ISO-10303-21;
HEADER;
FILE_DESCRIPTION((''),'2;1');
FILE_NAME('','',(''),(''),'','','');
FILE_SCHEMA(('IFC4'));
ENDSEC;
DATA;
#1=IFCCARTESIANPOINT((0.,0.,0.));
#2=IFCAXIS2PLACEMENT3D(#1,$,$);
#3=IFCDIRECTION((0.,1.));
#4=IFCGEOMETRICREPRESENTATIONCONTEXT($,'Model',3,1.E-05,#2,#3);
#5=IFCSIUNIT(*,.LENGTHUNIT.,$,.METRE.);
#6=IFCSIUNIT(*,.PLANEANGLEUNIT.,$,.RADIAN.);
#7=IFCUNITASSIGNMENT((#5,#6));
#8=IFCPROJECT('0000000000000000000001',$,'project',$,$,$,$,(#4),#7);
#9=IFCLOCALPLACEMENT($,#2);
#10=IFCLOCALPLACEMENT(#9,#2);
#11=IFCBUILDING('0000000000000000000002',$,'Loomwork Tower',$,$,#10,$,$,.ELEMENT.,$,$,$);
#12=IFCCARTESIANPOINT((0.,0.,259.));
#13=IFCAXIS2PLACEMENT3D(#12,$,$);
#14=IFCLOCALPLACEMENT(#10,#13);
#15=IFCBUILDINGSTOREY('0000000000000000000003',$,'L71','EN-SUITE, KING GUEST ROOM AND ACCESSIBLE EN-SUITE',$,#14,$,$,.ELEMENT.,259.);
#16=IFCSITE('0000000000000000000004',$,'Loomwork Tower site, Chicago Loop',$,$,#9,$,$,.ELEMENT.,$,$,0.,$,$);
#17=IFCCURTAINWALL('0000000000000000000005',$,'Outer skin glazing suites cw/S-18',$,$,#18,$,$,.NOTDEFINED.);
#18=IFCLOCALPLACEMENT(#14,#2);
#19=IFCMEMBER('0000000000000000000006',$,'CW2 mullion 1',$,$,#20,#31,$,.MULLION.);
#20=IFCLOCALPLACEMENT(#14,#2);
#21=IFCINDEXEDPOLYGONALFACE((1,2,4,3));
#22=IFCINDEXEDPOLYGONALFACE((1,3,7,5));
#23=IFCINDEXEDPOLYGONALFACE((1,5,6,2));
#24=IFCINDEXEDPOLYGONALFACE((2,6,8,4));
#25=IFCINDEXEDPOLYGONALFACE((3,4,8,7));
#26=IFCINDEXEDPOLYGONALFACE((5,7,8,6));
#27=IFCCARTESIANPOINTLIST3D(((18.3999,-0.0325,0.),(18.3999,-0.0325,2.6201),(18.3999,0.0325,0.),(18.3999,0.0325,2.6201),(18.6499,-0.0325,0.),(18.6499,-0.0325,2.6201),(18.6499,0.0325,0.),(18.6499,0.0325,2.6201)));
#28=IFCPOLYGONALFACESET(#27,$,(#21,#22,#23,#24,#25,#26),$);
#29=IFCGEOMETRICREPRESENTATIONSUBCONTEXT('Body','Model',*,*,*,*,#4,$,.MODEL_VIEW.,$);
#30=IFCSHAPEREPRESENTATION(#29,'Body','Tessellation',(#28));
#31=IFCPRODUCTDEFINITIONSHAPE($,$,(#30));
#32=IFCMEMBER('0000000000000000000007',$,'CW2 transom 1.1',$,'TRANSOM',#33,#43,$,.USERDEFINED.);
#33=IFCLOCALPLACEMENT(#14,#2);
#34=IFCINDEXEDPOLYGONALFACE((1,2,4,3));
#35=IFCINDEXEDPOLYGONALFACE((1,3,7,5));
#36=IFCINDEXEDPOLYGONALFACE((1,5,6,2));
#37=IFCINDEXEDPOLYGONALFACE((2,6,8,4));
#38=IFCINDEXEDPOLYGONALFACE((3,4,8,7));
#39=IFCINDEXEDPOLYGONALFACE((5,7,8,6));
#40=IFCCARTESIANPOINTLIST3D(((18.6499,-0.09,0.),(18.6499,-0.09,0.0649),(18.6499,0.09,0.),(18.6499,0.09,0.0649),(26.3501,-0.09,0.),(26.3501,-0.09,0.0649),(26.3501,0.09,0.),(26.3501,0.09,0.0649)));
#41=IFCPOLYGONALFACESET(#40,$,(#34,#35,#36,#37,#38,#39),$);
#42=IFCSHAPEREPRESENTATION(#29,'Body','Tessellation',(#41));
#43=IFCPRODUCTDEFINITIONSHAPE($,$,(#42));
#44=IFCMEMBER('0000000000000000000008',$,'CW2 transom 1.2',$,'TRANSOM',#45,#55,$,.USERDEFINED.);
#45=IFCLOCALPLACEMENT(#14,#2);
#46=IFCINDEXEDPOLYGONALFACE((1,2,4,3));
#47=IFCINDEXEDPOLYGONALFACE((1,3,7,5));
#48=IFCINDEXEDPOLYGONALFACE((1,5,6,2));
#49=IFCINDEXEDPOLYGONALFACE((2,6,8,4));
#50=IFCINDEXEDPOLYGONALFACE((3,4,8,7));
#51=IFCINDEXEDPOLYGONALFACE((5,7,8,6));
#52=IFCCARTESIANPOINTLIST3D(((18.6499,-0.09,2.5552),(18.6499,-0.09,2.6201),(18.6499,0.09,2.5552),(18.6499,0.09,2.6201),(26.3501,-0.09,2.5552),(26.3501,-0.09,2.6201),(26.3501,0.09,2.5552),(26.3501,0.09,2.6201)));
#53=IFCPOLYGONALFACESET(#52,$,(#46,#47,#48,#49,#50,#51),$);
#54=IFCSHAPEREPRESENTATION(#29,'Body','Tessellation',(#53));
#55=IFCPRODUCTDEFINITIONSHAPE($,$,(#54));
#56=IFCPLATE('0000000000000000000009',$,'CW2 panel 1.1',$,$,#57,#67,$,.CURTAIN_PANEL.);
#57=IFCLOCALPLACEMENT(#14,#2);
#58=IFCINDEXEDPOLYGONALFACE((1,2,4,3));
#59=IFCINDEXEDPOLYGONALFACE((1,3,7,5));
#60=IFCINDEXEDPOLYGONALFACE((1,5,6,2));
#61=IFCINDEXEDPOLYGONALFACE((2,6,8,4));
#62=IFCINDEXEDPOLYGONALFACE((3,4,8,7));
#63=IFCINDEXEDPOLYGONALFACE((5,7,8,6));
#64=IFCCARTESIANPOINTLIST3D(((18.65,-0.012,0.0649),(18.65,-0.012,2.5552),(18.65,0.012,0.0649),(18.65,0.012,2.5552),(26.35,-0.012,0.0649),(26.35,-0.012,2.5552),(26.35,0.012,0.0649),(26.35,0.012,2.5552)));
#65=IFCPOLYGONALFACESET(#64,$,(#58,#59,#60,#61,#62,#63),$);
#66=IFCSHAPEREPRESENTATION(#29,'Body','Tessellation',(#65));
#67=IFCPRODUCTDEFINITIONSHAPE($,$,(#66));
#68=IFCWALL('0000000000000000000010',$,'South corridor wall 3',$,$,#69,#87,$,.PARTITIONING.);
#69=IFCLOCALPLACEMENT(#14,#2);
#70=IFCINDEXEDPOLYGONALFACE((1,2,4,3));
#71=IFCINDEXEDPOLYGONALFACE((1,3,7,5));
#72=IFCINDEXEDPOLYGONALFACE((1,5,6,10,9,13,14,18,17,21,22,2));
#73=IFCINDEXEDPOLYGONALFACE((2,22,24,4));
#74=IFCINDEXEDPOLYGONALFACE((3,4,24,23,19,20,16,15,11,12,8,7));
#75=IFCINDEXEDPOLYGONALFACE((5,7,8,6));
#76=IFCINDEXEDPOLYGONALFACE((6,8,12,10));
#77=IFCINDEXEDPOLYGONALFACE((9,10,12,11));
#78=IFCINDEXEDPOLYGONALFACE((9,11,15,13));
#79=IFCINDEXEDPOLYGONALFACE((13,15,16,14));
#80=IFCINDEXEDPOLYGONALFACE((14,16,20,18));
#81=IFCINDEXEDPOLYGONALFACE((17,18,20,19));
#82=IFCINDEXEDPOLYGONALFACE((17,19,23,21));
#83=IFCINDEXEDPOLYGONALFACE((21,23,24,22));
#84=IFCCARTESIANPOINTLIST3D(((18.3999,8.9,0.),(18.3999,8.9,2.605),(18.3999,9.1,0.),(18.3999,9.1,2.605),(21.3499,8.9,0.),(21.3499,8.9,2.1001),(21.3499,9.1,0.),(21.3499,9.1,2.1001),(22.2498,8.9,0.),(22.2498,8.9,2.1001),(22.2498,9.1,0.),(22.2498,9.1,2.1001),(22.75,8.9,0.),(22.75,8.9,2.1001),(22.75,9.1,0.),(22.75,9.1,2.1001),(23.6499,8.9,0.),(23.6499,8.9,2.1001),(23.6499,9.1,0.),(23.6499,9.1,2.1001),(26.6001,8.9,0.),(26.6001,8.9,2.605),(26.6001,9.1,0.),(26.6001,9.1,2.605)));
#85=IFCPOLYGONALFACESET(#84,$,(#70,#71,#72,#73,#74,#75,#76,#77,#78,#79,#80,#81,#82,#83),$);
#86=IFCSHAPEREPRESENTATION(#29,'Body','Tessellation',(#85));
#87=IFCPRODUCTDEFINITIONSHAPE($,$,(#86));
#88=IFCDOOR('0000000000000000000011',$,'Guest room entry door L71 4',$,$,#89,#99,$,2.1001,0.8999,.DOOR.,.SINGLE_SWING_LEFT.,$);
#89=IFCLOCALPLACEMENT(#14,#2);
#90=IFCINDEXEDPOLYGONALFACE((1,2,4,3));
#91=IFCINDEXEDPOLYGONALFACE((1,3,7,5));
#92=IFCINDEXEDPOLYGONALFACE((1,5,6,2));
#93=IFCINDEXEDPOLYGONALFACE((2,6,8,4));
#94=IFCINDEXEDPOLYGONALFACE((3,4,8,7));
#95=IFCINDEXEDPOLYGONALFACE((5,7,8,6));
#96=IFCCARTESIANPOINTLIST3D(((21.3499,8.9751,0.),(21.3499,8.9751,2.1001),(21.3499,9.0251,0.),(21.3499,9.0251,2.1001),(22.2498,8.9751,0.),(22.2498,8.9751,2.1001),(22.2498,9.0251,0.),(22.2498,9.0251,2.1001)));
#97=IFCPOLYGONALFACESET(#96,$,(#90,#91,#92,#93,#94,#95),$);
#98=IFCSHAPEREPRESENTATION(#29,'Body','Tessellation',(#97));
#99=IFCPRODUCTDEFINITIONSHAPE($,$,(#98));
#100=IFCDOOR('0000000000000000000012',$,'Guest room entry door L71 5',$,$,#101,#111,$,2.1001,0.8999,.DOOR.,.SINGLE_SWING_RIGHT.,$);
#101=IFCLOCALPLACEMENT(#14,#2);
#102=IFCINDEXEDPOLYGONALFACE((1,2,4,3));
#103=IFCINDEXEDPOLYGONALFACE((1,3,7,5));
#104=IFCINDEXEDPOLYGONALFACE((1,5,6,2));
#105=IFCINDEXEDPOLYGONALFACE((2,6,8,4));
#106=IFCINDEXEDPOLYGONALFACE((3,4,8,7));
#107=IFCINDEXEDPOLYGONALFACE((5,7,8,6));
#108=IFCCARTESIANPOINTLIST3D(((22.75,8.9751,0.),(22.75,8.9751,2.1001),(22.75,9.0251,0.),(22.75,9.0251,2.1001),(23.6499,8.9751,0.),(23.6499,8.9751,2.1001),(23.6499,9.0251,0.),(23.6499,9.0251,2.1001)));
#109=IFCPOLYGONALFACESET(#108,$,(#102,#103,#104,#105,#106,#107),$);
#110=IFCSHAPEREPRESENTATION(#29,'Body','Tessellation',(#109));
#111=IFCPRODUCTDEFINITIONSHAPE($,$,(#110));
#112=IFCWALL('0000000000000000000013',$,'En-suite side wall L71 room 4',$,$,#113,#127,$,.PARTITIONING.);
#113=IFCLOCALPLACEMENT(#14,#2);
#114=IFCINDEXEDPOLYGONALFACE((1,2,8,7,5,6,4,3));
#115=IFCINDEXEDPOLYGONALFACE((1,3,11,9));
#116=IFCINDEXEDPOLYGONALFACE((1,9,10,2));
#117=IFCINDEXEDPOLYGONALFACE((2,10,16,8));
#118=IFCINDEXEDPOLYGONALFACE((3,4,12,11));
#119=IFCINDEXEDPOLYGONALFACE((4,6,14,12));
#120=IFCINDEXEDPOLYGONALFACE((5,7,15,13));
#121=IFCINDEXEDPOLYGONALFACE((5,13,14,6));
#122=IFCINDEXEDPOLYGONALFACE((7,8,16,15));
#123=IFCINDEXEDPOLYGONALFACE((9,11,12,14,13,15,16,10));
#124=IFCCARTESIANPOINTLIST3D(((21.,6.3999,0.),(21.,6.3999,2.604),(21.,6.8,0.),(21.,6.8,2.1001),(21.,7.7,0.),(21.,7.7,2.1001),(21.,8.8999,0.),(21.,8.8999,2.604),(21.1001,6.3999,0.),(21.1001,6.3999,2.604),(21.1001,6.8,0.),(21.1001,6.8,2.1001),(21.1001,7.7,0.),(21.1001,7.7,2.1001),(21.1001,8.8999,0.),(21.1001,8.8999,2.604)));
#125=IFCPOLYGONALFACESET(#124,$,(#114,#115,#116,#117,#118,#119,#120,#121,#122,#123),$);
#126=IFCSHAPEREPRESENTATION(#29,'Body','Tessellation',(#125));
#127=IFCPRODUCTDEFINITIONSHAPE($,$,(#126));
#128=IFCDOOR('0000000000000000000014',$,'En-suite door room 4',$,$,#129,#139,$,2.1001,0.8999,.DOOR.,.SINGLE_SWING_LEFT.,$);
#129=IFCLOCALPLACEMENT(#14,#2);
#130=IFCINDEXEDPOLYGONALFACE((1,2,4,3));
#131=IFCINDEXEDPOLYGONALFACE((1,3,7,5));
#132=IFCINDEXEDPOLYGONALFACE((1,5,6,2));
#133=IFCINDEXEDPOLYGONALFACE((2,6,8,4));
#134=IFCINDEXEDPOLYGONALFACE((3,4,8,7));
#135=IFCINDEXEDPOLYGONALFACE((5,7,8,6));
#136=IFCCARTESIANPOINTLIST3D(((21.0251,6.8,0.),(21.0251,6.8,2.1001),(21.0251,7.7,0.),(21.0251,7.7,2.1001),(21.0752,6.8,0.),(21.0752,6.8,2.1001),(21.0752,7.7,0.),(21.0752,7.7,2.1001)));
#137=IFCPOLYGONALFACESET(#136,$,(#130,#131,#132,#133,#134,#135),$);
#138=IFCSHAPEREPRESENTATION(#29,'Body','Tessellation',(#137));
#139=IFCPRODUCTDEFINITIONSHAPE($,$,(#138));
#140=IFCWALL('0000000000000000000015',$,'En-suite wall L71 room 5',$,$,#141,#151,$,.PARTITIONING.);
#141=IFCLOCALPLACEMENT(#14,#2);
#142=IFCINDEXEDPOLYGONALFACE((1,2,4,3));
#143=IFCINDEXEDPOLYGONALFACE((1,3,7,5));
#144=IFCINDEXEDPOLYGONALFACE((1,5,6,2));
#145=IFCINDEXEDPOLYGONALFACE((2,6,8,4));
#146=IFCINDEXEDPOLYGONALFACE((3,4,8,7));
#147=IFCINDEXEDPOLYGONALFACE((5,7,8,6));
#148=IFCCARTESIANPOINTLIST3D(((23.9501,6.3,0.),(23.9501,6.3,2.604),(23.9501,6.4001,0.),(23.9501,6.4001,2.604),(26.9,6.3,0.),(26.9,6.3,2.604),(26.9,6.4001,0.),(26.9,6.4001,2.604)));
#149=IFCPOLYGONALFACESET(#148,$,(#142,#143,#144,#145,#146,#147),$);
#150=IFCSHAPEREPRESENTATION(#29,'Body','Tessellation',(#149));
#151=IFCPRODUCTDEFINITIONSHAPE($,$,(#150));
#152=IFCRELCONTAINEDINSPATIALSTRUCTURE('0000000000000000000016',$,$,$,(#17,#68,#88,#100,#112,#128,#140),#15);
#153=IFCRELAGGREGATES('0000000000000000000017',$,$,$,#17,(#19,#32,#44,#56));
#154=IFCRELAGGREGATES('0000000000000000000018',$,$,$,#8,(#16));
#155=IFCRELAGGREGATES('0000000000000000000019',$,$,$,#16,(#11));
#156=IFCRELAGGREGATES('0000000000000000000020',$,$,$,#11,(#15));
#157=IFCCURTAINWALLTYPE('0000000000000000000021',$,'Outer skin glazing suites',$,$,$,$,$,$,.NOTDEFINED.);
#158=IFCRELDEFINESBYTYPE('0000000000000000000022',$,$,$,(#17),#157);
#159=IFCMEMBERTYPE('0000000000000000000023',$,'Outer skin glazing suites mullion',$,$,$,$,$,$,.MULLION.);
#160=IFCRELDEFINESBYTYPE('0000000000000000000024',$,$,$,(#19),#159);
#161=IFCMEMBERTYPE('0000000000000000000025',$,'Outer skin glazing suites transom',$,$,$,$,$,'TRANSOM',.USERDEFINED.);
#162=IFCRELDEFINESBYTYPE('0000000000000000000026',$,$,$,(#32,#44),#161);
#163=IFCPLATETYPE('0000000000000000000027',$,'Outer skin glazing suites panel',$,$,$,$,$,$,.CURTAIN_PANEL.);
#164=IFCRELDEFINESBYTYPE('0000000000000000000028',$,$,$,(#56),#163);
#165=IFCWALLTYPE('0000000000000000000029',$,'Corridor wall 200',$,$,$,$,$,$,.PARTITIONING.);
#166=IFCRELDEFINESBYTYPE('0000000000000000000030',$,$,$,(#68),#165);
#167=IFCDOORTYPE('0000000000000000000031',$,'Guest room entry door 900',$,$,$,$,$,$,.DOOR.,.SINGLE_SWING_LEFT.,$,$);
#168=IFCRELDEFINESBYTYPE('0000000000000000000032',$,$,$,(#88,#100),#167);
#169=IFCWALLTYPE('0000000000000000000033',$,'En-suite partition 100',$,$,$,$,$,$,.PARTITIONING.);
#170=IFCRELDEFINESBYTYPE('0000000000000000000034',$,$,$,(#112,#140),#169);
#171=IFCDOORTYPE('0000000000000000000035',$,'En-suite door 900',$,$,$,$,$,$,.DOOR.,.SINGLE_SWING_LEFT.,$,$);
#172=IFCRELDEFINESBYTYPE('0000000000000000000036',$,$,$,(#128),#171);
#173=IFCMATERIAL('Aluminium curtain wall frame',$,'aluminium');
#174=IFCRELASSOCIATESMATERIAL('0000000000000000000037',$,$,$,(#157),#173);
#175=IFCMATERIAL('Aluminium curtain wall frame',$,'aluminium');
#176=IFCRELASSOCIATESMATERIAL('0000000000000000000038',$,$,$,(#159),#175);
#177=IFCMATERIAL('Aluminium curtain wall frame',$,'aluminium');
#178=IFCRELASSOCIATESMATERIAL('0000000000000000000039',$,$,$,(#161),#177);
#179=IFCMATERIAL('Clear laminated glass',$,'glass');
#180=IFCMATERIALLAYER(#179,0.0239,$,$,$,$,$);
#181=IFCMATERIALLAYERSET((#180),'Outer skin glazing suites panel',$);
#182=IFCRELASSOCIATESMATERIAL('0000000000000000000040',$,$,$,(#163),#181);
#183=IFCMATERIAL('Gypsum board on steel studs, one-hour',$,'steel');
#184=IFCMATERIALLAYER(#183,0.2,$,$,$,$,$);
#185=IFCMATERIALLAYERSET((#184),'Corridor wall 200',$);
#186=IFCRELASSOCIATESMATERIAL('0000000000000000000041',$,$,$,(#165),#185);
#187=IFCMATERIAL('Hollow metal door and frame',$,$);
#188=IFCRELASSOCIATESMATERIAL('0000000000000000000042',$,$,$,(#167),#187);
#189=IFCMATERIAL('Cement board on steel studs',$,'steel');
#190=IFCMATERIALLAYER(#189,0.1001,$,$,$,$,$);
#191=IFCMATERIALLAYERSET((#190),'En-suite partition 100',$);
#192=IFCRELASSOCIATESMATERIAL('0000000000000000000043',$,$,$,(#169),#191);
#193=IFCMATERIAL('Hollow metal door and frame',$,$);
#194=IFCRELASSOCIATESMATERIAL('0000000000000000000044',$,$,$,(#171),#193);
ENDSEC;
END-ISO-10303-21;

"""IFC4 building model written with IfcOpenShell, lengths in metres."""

from ifc_helpers import new_model, si_unit, direction, frame, frame_2d, origin, origin_2d, place, context, subcontext, project, spatial, rectangle, extrude, material, layer, layer_set, material_profile, profile_set, type_object, element, fill, aggregate, save


model = new_model("IFC4")

# Units and contexts
model_context = context("Model", 3, precision=1e-05, world=origin(), true_north=direction((0.0, 1.0)))
body_context = subcontext(model_context, "Body", "Model", "MODEL_VIEW")
ifc_project = project(units=[si_unit("LENGTHUNIT", "METRE"), si_unit("PLANEANGLEUNIT", "RADIAN")], contexts=[model_context])

# Site, building, storey
site_placement = place(None, origin())
site = spatial("IfcSite", under=ifc_project, at=site_placement, Name="Loomwork Tower site, Chicago Loop", CompositionType="ELEMENT", RefElevation=0.0)
building_placement = place(site_placement, origin())
building = spatial("IfcBuilding", under=site, at=building_placement, Name="Loomwork Tower", CompositionType="ELEMENT")
storey_placement = place(building_placement, frame((0.0, 0.0, 259.0)))
storey = spatial("IfcBuildingStorey", under=building, at=storey_placement, Name="L71", Description="EN-SUITE, KING GUEST ROOM AND ACCESSIBLE EN-SUITE", CompositionType="ELEMENT", Elevation=259.0)

# Curtain wall, members, plate
ifc_material_1 = material(Name="Aluminium curtain wall frame", Category="aluminium")
curtain_wall_type = type_object("IfcCurtainWallType", Name="Outer skin glazing suites", PredefinedType="NOTDEFINED", material=ifc_material_1)
curtain_wall_placement = place(storey_placement, origin())
curtain_wall = element("IfcCurtainWall", 1, at=curtain_wall_placement, inside=storey, type_object=curtain_wall_type, Name="Outer skin glazing suites cw/S-18", PredefinedType="NOTDEFINED")
ifc_material_2 = material(Name="Aluminium curtain wall frame", Category="aluminium")
ifc_material_profile_1 = material_profile(ifc_material_2, rectangle(XDim=0.0649, YDim=0.25, at=origin_2d()), Name="AL 65x250")
ifc_profile_set_1 = profile_set([ifc_material_profile_1], Name="Aluminium curtain wall frame")
member_type_1 = type_object("IfcMemberType", Name="Outer skin glazing suites mullion", PredefinedType="MULLION", material=ifc_profile_set_1)
member_1_placement = place(storey_placement, frame((18.5249, 0.0, 0.0), z_axis=(0.0, 0.0, 1.0), x_axis=(0.0, 1.0, 0.0)))
member_1 = element("IfcMember", 2, at=member_1_placement, type_object=member_type_1, Name="CW2 mullion 1", PredefinedType="MULLION", context=body_context, shape_type="SweptSolid", body=[
    extrude(rectangle(XDim=0.0649, YDim=0.25, at=origin_2d()), origin(), (0.0, 0.0, 1.0), 2.6201),
])
ifc_material_3 = material(Name="Aluminium curtain wall frame", Category="aluminium")
ifc_material_profile_2 = material_profile(ifc_material_3, rectangle(XDim=0.1799, YDim=0.0649, at=origin_2d()), Name="AL 65x180")
ifc_profile_set_2 = profile_set([ifc_material_profile_2], Name="Aluminium curtain wall frame")
member_type_2 = type_object("IfcMemberType", Name="Outer skin glazing suites transom", ElementType="TRANSOM", PredefinedType="USERDEFINED", material=ifc_profile_set_2)
member_2_placement = place(storey_placement, frame((18.6499, 0.0, 0.0325), z_axis=(1.0, 0.0, 0.0), x_axis=(0.0, 1.0, 0.0)))
member_2 = element("IfcMember", 3, at=member_2_placement, type_object=member_type_2, Name="CW2 transom 1.1", ObjectType="TRANSOM", PredefinedType="USERDEFINED", context=body_context, shape_type="SweptSolid", body=[
    extrude(rectangle(XDim=0.1799, YDim=0.0649, at=origin_2d()), origin(), (0.0, 0.0, 1.0), 7.7002),
])
member_3_placement = place(storey_placement, frame((18.6499, 0.0, 2.5876), z_axis=(1.0, 0.0, 0.0), x_axis=(0.0, 1.0, 0.0)))
member_3 = element("IfcMember", 4, at=member_3_placement, type_object=member_type_2, Name="CW2 transom 1.2", ObjectType="TRANSOM", PredefinedType="USERDEFINED", context=body_context, shape_type="SweptSolid", body=[
    extrude(rectangle(XDim=0.1799, YDim=0.0649, at=origin_2d()), origin(), (0.0, 0.0, 1.0), 7.7002),
])
ifc_material_4 = material(Name="Clear laminated glass", Category="glass")
ifc_layer_1 = layer(ifc_material_4, 0.0239)
ifc_layer_set_1 = layer_set([ifc_layer_1], Name="Outer skin glazing suites panel")
plate_type = type_object("IfcPlateType", Name="Outer skin glazing suites panel", PredefinedType="CURTAIN_PANEL", material=ifc_layer_set_1)
plate_placement = place(storey_placement, frame((22.5, 0.0, 0.0649), z_axis=(0.0, 0.0, 1.0), x_axis=(1.0, 0.0, 0.0)))
plate = element("IfcPlate", 5, at=plate_placement, type_object=plate_type, Name="CW2 panel 1.1", PredefinedType="CURTAIN_PANEL", context=body_context, shape_type="SweptSolid", body=[
    extrude(rectangle(XDim=7.7, YDim=0.0239, at=origin_2d()), origin(), (0.0, 0.0, 1.0), 2.4902),
])
aggregate(curtain_wall, [member_1, member_2, member_3, plate])

# Wall, openings, doors
ifc_material_5 = material(Name="Gypsum board on steel studs, one-hour", Category="steel")
ifc_layer_2 = layer(ifc_material_5, 0.2)
ifc_layer_set_2 = layer_set([ifc_layer_2], Name="Corridor wall 200")
wall_type_1 = type_object("IfcWallType", Name="Corridor wall 200", PredefinedType="PARTITIONING", material=ifc_layer_set_2)
wall_1_placement = place(storey_placement, frame((18.3999, 9.0, 0.0), z_axis=(0.0, 0.0, 1.0), x_axis=(1.0, 0.0, 0.0)))
wall_1 = element("IfcWall", 6, at=wall_1_placement, inside=storey, type_object=wall_type_1, Name="South corridor wall 3", PredefinedType="PARTITIONING", context=body_context, shape_type="SweptSolid", body=[
    extrude(rectangle(XDim=8.2002, YDim=0.2, at=frame_2d((4.1001, 0.0))), origin(), (0.0, 0.0, 1.0), 2.605),
])
opening_1_placement = place(wall_1_placement, frame((2.95, 0.0, 0.0)))
opening_1 = element("IfcOpeningElement", 7, at=opening_1_placement, cuts=wall_1, PredefinedType="OPENING", context=body_context, shape_type="SweptSolid", body=[
    extrude(rectangle(XDim=0.8999, YDim=2.1001, at=frame_2d((0.45, 1.05))), frame((0.0, 0.1099, 0.0), z_axis=(0.0, -1.0, 0.0), x_axis=(1.0, 0.0, 0.0)), (0.0, 0.0, 1.0), 0.22),
])
opening_2_placement = place(wall_1_placement, frame((4.3501, 0.0, 0.0)))
opening_2 = element("IfcOpeningElement", 8, at=opening_2_placement, cuts=wall_1, PredefinedType="OPENING", context=body_context, shape_type="SweptSolid", body=[
    extrude(rectangle(XDim=0.8999, YDim=2.1001, at=frame_2d((0.45, 1.05))), frame((0.0, 0.1099, 0.0), z_axis=(0.0, -1.0, 0.0), x_axis=(1.0, 0.0, 0.0)), (0.0, 0.0, 1.0), 0.22),
])
ifc_material_6 = material(Name="Hollow metal door and frame")
door_type_1 = type_object("IfcDoorType", Name="Guest room entry door 900", OperationType="SINGLE_SWING_LEFT", PredefinedType="DOOR", material=ifc_material_6)
door_1_placement = place(opening_1_placement, frame((0.8999, 0.0, 0.0), z_axis=(0.0, 0.0, 1.0), x_axis=(-1.0, 0.0, 0.0)))
door_1 = element("IfcDoor", 9, at=door_1_placement, inside=storey, type_object=door_type_1, Name="Guest room entry door L71 4", OperationType="SINGLE_SWING_LEFT", OverallHeight=2.1001, OverallWidth=0.8999, PredefinedType="DOOR", context=body_context, shape_type="SweptSolid", body=[
    extrude(rectangle(XDim=0.8999, YDim=2.1001, at=frame_2d((0.45, 1.05))), frame((0.0, 0.0249, 0.0), z_axis=(0.0, -1.0, 0.0), x_axis=(1.0, 0.0, 0.0)), (0.0, 0.0, 1.0), 0.05),
])
fill(opening_1, door_1)
door_2_placement = place(opening_2_placement, frame((0.8999, 0.0, 0.0), z_axis=(0.0, 0.0, 1.0), x_axis=(-1.0, 0.0, 0.0)))
door_2 = element("IfcDoor", 10, at=door_2_placement, inside=storey, type_object=door_type_1, Name="Guest room entry door L71 5", OperationType="SINGLE_SWING_RIGHT", OverallHeight=2.1001, OverallWidth=0.8999, PredefinedType="DOOR", context=body_context, shape_type="SweptSolid", body=[
    extrude(rectangle(XDim=0.8999, YDim=2.1001, at=frame_2d((0.45, 1.05))), frame((0.0, 0.0249, 0.0), z_axis=(0.0, -1.0, 0.0), x_axis=(1.0, 0.0, 0.0)), (0.0, 0.0, 1.0), 0.05),
])
fill(opening_2, door_2)

# Wall, opening, door
ifc_material_7 = material(Name="Cement board on steel studs", Category="steel")
ifc_layer_3 = layer(ifc_material_7, 0.1001)
ifc_layer_set_3 = layer_set([ifc_layer_3], Name="En-suite partition 100")
wall_type_2 = type_object("IfcWallType", Name="En-suite partition 100", PredefinedType="PARTITIONING", material=ifc_layer_set_3)
wall_2_placement = place(storey_placement, frame((21.05, 8.8999, 0.0), z_axis=(0.0, 0.0, 1.0), x_axis=(0.0, -1.0, 0.0)))
wall_2 = element("IfcWall", 11, at=wall_2_placement, inside=storey, type_object=wall_type_2, Name="En-suite side wall L71 room 4", PredefinedType="PARTITIONING", context=body_context, shape_type="SweptSolid", body=[
    extrude(rectangle(XDim=2.5, YDim=0.1001, at=frame_2d((1.25, 0.0))), origin(), (0.0, 0.0, 1.0), 2.604),
])
opening_3_placement = place(wall_2_placement, frame((1.2, 0.0, 0.0)))
opening_3 = element("IfcOpeningElement", 12, at=opening_3_placement, cuts=wall_2, PredefinedType="OPENING", context=body_context, shape_type="SweptSolid", body=[
    extrude(rectangle(XDim=0.8999, YDim=2.1001, at=frame_2d((0.45, 1.05))), frame((0.0, 0.0601, 0.0), z_axis=(0.0, -1.0, 0.0), x_axis=(1.0, 0.0, 0.0)), (0.0, 0.0, 1.0), 0.1201),
])
ifc_material_8 = material(Name="Hollow metal door and frame")
door_type_2 = type_object("IfcDoorType", Name="En-suite door 900", OperationType="SINGLE_SWING_LEFT", PredefinedType="DOOR", material=ifc_material_8)
door_3_placement = place(opening_3_placement, frame((0.8999, 0.0, 0.0), z_axis=(0.0, 0.0, 1.0), x_axis=(-1.0, 0.0, 0.0)))
door_3 = element("IfcDoor", 13, at=door_3_placement, inside=storey, type_object=door_type_2, Name="En-suite door room 4", OperationType="SINGLE_SWING_LEFT", OverallHeight=2.1001, OverallWidth=0.8999, PredefinedType="DOOR", context=body_context, shape_type="SweptSolid", body=[
    extrude(rectangle(XDim=0.8999, YDim=2.1001, at=frame_2d((0.45, 1.05))), frame((0.0, 0.0249, 0.0), z_axis=(0.0, -1.0, 0.0), x_axis=(1.0, 0.0, 0.0)), (0.0, 0.0, 1.0), 0.05),
])
fill(opening_3, door_3)

# Wall
wall_3_placement = place(storey_placement, frame((23.95, 6.3501, 0.0), z_axis=(0.0, 0.0, 1.0), x_axis=(1.0, 0.0, 0.0)))
element("IfcWall", 14, at=wall_3_placement, inside=storey, type_object=wall_type_2, Name="En-suite wall L71 room 5", PredefinedType="PARTITIONING", context=body_context, shape_type="SweptSolid", body=[
    extrude(rectangle(XDim=2.95, YDim=0.1001, at=frame_2d((1.4751, 0.0))), origin(), (0.0, 0.0, 1.0), 2.604),
])

save(model, "model.ifc")
